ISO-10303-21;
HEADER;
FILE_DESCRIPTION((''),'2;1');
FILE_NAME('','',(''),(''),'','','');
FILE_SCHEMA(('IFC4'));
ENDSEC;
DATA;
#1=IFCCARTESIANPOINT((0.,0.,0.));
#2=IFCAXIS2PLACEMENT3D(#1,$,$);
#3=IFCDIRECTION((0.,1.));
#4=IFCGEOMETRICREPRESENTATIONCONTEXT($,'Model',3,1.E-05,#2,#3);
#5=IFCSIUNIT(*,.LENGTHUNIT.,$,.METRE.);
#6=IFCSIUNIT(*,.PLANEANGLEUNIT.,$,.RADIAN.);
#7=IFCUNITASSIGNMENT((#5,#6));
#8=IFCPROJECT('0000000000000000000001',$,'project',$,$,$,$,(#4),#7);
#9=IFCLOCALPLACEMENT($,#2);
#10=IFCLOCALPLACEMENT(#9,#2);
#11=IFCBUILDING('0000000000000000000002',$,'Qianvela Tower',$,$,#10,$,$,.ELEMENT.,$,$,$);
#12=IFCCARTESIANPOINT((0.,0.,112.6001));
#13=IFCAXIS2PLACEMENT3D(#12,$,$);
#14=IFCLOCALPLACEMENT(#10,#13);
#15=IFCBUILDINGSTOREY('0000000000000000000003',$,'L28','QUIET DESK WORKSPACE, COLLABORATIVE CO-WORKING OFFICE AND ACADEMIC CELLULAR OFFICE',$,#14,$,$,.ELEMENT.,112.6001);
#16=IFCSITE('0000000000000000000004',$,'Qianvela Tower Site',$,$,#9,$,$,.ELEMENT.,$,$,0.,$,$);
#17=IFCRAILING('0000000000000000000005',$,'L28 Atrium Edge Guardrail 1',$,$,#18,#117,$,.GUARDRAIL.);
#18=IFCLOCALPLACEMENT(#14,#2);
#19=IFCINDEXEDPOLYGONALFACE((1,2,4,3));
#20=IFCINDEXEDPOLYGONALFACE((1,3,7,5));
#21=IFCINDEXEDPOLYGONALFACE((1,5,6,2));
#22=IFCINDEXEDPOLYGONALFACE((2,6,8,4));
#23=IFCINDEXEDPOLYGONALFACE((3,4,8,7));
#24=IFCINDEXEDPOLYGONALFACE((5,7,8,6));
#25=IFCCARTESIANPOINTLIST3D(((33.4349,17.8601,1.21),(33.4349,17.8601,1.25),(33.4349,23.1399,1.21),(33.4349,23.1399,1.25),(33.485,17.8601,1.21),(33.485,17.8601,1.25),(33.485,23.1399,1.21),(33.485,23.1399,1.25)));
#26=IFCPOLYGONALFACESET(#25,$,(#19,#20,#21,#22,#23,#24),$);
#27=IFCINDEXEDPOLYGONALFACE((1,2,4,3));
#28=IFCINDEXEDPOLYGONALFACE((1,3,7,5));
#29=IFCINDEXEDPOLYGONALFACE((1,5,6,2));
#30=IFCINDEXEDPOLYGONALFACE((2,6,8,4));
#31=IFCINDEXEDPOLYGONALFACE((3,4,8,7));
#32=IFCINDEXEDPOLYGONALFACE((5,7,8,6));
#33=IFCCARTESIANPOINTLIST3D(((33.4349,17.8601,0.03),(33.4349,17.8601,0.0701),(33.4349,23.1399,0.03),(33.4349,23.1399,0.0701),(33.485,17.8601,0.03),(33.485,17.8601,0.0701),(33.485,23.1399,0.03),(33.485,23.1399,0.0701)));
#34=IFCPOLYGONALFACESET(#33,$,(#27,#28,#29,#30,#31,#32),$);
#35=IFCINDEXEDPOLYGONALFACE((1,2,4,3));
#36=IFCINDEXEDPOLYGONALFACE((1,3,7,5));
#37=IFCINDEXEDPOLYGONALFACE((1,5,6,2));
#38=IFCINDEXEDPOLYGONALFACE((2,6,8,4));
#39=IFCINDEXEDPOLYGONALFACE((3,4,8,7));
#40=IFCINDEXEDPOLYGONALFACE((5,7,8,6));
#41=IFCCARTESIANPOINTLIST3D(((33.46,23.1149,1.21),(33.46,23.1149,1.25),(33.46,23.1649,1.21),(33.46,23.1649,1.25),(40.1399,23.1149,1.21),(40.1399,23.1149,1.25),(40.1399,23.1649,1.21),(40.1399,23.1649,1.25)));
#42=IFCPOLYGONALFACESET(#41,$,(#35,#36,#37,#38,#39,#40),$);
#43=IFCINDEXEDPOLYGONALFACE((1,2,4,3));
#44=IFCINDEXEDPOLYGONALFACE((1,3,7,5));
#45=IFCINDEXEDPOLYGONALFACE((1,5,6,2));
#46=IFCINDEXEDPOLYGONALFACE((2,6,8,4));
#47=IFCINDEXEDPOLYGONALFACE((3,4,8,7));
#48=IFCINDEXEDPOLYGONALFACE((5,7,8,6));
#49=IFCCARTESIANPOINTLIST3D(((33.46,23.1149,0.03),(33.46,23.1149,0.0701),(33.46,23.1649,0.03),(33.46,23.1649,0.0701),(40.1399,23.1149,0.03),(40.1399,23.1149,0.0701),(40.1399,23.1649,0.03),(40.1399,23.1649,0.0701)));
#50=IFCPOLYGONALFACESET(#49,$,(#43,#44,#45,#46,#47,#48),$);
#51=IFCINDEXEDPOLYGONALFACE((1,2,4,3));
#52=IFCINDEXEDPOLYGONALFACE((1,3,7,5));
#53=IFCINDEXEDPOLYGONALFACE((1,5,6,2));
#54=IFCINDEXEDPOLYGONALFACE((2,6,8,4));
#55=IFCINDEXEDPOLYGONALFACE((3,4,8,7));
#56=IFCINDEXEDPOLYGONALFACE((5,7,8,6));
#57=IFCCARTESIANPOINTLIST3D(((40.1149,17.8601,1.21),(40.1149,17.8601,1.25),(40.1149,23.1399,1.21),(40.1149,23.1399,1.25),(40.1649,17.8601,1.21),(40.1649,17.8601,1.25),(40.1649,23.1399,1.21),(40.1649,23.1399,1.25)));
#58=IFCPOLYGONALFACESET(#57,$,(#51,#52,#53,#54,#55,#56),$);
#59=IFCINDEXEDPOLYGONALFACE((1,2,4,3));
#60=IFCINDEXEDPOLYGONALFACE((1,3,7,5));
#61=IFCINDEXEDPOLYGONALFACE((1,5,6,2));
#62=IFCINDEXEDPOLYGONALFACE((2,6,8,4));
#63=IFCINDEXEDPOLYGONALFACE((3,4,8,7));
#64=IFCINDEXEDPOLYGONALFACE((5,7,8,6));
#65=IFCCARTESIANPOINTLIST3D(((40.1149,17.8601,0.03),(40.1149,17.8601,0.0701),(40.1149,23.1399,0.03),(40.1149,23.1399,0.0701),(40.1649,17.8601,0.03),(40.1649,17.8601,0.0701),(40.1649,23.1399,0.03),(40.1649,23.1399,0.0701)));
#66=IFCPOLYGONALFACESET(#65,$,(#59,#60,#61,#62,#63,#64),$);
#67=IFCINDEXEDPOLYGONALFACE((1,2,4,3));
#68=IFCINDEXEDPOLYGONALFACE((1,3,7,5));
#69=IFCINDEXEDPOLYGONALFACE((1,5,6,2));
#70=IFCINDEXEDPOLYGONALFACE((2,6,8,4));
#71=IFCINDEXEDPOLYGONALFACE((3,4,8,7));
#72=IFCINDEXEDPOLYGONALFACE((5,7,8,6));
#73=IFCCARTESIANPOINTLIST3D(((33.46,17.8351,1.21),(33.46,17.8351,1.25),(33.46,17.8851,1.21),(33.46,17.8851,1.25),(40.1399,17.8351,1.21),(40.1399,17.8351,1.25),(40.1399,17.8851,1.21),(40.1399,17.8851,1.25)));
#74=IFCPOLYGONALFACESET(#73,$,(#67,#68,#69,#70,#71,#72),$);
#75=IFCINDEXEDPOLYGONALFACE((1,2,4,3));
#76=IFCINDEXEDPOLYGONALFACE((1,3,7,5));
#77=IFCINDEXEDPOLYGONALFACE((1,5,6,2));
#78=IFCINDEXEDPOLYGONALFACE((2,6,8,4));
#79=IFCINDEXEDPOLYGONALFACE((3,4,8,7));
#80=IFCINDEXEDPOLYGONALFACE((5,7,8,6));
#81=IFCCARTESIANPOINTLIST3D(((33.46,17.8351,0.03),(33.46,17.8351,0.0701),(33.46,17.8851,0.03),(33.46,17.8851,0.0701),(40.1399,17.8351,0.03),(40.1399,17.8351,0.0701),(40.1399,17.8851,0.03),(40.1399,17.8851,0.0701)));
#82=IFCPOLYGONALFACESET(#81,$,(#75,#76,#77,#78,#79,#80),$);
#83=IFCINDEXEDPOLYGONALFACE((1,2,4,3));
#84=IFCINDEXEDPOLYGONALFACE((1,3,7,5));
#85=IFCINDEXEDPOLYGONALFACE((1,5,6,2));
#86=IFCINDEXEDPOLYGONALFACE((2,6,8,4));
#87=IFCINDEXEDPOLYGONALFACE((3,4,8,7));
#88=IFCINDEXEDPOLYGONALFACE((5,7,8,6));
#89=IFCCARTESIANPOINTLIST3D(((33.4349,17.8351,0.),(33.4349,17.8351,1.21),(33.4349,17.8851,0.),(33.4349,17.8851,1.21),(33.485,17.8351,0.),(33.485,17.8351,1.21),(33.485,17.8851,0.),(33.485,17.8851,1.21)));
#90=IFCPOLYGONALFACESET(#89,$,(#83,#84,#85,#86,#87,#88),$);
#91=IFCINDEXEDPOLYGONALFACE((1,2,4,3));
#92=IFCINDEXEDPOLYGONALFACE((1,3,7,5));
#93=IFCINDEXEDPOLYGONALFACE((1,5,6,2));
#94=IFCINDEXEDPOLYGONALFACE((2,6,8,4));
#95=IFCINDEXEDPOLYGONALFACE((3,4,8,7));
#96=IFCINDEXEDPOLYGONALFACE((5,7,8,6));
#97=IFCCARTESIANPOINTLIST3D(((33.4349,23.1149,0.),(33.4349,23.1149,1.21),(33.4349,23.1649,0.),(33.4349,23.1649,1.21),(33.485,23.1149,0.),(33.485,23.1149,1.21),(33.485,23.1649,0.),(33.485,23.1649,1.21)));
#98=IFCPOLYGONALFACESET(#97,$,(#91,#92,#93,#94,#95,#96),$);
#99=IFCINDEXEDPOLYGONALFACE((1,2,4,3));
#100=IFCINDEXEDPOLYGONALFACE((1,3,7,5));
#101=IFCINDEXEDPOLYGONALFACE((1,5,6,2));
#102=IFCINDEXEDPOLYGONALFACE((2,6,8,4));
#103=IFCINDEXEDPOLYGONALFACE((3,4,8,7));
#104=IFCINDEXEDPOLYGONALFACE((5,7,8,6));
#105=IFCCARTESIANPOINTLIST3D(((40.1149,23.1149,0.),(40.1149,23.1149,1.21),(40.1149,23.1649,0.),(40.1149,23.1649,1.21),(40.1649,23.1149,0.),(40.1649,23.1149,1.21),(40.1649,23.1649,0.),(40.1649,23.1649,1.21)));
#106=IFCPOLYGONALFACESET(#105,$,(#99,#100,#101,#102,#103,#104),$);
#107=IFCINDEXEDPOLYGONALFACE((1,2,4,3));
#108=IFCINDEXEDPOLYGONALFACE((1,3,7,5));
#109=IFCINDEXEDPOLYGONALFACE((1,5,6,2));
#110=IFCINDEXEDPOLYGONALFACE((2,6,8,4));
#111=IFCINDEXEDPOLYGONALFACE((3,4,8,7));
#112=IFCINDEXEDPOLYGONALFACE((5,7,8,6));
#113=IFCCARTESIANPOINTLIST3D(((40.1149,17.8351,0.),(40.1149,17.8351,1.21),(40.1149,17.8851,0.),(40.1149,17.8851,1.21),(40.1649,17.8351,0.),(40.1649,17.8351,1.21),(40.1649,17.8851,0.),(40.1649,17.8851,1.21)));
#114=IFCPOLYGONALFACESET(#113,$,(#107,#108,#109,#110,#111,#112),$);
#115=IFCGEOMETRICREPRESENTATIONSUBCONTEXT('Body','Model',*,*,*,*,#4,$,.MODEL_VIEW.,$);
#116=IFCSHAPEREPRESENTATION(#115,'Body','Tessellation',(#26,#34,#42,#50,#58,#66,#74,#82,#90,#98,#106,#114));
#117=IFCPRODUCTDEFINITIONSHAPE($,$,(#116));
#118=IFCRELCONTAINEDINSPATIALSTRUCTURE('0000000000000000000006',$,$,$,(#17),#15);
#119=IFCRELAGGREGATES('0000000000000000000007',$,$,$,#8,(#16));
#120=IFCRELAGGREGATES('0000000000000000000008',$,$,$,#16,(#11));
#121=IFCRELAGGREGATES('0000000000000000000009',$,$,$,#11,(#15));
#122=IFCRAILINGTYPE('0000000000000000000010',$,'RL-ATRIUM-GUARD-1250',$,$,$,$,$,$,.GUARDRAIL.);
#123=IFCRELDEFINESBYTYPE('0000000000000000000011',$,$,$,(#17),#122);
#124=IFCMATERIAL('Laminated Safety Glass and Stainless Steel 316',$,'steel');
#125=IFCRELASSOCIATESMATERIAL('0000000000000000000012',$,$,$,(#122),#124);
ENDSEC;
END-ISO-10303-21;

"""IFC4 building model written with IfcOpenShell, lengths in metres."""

from ifc_helpers import new_model, si_unit, direction, frame, origin, origin_2d, place, context, subcontext, project, spatial, rectangle, extrude, material, type_object, element, save


model = new_model("IFC4")

# Units and contexts
model_context = context("Model", 3, precision=1e-05, world=origin(), true_north=direction((0.0, 1.0)))
body_context = subcontext(model_context, "Body", "Model", "MODEL_VIEW")
ifc_project = project(units=[si_unit("LENGTHUNIT", "METRE"), si_unit("PLANEANGLEUNIT", "RADIAN")], contexts=[model_context])

# Site, building, storey
site_placement = place(None, origin())
site = spatial("IfcSite", under=ifc_project, at=site_placement, Name="Qianvela Tower Site", CompositionType="ELEMENT", RefElevation=0.0)
building_placement = place(site_placement, origin())
building = spatial("IfcBuilding", under=site, at=building_placement, Name="Qianvela Tower", CompositionType="ELEMENT")
storey_placement = place(building_placement, frame((0.0, 0.0, 112.6001)))
storey = spatial("IfcBuildingStorey", under=building, at=storey_placement, Name="L28", Description="QUIET DESK WORKSPACE, COLLABORATIVE CO-WORKING OFFICE AND ACADEMIC CELLULAR OFFICE", CompositionType="ELEMENT", Elevation=112.6001)

# Railing
ifc_material_1 = material(Name="Laminated Safety Glass and Stainless Steel 316", Category="steel")
railing_type = type_object("IfcRailingType", Name="RL-ATRIUM-GUARD-1250", PredefinedType="GUARDRAIL", material=ifc_material_1)
railing_placement = place(storey_placement, frame((33.46, 17.8601, 0.0)))
element("IfcRailing", 1, at=railing_placement, inside=storey, type_object=railing_type, Name="L28 Atrium Edge Guardrail 1", PredefinedType="GUARDRAIL", context=body_context, shape_type="SweptSolid", body=[
    extrude(rectangle(XDim=0.05, YDim=0.04, at=origin_2d()), frame((0.0, 0.0, 1.23), z_axis=(0.0, 1.0, 0.0), x_axis=(-1.0, 0.0, 0.0)), (0.0, 0.0, 1.0), 5.2798),
    extrude(rectangle(XDim=0.05, YDim=0.04, at=origin_2d()), frame((0.0, 0.0, 0.05), z_axis=(0.0, 1.0, 0.0), x_axis=(-1.0, 0.0, 0.0)), (0.0, 0.0, 1.0), 5.2798),
    extrude(rectangle(XDim=0.05, YDim=0.04, at=origin_2d()), frame((0.0, 5.2798, 1.23), z_axis=(1.0, 0.0, 0.0), x_axis=(0.0, 1.0, 0.0)), (0.0, 0.0, 1.0), 6.6799),
    extrude(rectangle(XDim=0.05, YDim=0.04, at=origin_2d()), frame((0.0, 5.2798, 0.05), z_axis=(1.0, 0.0, 0.0), x_axis=(0.0, 1.0, 0.0)), (0.0, 0.0, 1.0), 6.6799),
    extrude(rectangle(XDim=0.05, YDim=0.04, at=origin_2d()), frame((6.6799, 5.2798, 1.23), z_axis=(0.0, -1.0, 0.0), x_axis=(1.0, 0.0, 0.0)), (0.0, 0.0, 1.0), 5.2798),
    extrude(rectangle(XDim=0.05, YDim=0.04, at=origin_2d()), frame((6.6799, 5.2798, 0.05), z_axis=(0.0, -1.0, 0.0), x_axis=(1.0, 0.0, 0.0)), (0.0, 0.0, 1.0), 5.2798),
    extrude(rectangle(XDim=0.05, YDim=0.04, at=origin_2d()), frame((6.6799, 0.0, 1.23), z_axis=(-1.0, 0.0, 0.0), x_axis=(0.0, -1.0, 0.0)), (0.0, 0.0, 1.0), 6.6799),
    extrude(rectangle(XDim=0.05, YDim=0.04, at=origin_2d()), frame((6.6799, 0.0, 0.05), z_axis=(-1.0, 0.0, 0.0), x_axis=(0.0, -1.0, 0.0)), (0.0, 0.0, 1.0), 6.6799),
    extrude(rectangle(XDim=0.05, YDim=0.05, at=origin_2d()), origin(), (0.0, 0.0, 1.0), 1.21),
    extrude(rectangle(XDim=0.05, YDim=0.05, at=origin_2d()), frame((0.0, 5.2798, 0.0)), (0.0, 0.0, 1.0), 1.21),
    extrude(rectangle(XDim=0.05, YDim=0.05, at=origin_2d()), frame((6.6799, 5.2798, 0.0)), (0.0, 0.0, 1.0), 1.21),
    extrude(rectangle(XDim=0.05, YDim=0.05, at=origin_2d()), frame((6.6799, 0.0, 0.0)), (0.0, 0.0, 1.0), 1.21),
])

save(model, "model.ifc")
